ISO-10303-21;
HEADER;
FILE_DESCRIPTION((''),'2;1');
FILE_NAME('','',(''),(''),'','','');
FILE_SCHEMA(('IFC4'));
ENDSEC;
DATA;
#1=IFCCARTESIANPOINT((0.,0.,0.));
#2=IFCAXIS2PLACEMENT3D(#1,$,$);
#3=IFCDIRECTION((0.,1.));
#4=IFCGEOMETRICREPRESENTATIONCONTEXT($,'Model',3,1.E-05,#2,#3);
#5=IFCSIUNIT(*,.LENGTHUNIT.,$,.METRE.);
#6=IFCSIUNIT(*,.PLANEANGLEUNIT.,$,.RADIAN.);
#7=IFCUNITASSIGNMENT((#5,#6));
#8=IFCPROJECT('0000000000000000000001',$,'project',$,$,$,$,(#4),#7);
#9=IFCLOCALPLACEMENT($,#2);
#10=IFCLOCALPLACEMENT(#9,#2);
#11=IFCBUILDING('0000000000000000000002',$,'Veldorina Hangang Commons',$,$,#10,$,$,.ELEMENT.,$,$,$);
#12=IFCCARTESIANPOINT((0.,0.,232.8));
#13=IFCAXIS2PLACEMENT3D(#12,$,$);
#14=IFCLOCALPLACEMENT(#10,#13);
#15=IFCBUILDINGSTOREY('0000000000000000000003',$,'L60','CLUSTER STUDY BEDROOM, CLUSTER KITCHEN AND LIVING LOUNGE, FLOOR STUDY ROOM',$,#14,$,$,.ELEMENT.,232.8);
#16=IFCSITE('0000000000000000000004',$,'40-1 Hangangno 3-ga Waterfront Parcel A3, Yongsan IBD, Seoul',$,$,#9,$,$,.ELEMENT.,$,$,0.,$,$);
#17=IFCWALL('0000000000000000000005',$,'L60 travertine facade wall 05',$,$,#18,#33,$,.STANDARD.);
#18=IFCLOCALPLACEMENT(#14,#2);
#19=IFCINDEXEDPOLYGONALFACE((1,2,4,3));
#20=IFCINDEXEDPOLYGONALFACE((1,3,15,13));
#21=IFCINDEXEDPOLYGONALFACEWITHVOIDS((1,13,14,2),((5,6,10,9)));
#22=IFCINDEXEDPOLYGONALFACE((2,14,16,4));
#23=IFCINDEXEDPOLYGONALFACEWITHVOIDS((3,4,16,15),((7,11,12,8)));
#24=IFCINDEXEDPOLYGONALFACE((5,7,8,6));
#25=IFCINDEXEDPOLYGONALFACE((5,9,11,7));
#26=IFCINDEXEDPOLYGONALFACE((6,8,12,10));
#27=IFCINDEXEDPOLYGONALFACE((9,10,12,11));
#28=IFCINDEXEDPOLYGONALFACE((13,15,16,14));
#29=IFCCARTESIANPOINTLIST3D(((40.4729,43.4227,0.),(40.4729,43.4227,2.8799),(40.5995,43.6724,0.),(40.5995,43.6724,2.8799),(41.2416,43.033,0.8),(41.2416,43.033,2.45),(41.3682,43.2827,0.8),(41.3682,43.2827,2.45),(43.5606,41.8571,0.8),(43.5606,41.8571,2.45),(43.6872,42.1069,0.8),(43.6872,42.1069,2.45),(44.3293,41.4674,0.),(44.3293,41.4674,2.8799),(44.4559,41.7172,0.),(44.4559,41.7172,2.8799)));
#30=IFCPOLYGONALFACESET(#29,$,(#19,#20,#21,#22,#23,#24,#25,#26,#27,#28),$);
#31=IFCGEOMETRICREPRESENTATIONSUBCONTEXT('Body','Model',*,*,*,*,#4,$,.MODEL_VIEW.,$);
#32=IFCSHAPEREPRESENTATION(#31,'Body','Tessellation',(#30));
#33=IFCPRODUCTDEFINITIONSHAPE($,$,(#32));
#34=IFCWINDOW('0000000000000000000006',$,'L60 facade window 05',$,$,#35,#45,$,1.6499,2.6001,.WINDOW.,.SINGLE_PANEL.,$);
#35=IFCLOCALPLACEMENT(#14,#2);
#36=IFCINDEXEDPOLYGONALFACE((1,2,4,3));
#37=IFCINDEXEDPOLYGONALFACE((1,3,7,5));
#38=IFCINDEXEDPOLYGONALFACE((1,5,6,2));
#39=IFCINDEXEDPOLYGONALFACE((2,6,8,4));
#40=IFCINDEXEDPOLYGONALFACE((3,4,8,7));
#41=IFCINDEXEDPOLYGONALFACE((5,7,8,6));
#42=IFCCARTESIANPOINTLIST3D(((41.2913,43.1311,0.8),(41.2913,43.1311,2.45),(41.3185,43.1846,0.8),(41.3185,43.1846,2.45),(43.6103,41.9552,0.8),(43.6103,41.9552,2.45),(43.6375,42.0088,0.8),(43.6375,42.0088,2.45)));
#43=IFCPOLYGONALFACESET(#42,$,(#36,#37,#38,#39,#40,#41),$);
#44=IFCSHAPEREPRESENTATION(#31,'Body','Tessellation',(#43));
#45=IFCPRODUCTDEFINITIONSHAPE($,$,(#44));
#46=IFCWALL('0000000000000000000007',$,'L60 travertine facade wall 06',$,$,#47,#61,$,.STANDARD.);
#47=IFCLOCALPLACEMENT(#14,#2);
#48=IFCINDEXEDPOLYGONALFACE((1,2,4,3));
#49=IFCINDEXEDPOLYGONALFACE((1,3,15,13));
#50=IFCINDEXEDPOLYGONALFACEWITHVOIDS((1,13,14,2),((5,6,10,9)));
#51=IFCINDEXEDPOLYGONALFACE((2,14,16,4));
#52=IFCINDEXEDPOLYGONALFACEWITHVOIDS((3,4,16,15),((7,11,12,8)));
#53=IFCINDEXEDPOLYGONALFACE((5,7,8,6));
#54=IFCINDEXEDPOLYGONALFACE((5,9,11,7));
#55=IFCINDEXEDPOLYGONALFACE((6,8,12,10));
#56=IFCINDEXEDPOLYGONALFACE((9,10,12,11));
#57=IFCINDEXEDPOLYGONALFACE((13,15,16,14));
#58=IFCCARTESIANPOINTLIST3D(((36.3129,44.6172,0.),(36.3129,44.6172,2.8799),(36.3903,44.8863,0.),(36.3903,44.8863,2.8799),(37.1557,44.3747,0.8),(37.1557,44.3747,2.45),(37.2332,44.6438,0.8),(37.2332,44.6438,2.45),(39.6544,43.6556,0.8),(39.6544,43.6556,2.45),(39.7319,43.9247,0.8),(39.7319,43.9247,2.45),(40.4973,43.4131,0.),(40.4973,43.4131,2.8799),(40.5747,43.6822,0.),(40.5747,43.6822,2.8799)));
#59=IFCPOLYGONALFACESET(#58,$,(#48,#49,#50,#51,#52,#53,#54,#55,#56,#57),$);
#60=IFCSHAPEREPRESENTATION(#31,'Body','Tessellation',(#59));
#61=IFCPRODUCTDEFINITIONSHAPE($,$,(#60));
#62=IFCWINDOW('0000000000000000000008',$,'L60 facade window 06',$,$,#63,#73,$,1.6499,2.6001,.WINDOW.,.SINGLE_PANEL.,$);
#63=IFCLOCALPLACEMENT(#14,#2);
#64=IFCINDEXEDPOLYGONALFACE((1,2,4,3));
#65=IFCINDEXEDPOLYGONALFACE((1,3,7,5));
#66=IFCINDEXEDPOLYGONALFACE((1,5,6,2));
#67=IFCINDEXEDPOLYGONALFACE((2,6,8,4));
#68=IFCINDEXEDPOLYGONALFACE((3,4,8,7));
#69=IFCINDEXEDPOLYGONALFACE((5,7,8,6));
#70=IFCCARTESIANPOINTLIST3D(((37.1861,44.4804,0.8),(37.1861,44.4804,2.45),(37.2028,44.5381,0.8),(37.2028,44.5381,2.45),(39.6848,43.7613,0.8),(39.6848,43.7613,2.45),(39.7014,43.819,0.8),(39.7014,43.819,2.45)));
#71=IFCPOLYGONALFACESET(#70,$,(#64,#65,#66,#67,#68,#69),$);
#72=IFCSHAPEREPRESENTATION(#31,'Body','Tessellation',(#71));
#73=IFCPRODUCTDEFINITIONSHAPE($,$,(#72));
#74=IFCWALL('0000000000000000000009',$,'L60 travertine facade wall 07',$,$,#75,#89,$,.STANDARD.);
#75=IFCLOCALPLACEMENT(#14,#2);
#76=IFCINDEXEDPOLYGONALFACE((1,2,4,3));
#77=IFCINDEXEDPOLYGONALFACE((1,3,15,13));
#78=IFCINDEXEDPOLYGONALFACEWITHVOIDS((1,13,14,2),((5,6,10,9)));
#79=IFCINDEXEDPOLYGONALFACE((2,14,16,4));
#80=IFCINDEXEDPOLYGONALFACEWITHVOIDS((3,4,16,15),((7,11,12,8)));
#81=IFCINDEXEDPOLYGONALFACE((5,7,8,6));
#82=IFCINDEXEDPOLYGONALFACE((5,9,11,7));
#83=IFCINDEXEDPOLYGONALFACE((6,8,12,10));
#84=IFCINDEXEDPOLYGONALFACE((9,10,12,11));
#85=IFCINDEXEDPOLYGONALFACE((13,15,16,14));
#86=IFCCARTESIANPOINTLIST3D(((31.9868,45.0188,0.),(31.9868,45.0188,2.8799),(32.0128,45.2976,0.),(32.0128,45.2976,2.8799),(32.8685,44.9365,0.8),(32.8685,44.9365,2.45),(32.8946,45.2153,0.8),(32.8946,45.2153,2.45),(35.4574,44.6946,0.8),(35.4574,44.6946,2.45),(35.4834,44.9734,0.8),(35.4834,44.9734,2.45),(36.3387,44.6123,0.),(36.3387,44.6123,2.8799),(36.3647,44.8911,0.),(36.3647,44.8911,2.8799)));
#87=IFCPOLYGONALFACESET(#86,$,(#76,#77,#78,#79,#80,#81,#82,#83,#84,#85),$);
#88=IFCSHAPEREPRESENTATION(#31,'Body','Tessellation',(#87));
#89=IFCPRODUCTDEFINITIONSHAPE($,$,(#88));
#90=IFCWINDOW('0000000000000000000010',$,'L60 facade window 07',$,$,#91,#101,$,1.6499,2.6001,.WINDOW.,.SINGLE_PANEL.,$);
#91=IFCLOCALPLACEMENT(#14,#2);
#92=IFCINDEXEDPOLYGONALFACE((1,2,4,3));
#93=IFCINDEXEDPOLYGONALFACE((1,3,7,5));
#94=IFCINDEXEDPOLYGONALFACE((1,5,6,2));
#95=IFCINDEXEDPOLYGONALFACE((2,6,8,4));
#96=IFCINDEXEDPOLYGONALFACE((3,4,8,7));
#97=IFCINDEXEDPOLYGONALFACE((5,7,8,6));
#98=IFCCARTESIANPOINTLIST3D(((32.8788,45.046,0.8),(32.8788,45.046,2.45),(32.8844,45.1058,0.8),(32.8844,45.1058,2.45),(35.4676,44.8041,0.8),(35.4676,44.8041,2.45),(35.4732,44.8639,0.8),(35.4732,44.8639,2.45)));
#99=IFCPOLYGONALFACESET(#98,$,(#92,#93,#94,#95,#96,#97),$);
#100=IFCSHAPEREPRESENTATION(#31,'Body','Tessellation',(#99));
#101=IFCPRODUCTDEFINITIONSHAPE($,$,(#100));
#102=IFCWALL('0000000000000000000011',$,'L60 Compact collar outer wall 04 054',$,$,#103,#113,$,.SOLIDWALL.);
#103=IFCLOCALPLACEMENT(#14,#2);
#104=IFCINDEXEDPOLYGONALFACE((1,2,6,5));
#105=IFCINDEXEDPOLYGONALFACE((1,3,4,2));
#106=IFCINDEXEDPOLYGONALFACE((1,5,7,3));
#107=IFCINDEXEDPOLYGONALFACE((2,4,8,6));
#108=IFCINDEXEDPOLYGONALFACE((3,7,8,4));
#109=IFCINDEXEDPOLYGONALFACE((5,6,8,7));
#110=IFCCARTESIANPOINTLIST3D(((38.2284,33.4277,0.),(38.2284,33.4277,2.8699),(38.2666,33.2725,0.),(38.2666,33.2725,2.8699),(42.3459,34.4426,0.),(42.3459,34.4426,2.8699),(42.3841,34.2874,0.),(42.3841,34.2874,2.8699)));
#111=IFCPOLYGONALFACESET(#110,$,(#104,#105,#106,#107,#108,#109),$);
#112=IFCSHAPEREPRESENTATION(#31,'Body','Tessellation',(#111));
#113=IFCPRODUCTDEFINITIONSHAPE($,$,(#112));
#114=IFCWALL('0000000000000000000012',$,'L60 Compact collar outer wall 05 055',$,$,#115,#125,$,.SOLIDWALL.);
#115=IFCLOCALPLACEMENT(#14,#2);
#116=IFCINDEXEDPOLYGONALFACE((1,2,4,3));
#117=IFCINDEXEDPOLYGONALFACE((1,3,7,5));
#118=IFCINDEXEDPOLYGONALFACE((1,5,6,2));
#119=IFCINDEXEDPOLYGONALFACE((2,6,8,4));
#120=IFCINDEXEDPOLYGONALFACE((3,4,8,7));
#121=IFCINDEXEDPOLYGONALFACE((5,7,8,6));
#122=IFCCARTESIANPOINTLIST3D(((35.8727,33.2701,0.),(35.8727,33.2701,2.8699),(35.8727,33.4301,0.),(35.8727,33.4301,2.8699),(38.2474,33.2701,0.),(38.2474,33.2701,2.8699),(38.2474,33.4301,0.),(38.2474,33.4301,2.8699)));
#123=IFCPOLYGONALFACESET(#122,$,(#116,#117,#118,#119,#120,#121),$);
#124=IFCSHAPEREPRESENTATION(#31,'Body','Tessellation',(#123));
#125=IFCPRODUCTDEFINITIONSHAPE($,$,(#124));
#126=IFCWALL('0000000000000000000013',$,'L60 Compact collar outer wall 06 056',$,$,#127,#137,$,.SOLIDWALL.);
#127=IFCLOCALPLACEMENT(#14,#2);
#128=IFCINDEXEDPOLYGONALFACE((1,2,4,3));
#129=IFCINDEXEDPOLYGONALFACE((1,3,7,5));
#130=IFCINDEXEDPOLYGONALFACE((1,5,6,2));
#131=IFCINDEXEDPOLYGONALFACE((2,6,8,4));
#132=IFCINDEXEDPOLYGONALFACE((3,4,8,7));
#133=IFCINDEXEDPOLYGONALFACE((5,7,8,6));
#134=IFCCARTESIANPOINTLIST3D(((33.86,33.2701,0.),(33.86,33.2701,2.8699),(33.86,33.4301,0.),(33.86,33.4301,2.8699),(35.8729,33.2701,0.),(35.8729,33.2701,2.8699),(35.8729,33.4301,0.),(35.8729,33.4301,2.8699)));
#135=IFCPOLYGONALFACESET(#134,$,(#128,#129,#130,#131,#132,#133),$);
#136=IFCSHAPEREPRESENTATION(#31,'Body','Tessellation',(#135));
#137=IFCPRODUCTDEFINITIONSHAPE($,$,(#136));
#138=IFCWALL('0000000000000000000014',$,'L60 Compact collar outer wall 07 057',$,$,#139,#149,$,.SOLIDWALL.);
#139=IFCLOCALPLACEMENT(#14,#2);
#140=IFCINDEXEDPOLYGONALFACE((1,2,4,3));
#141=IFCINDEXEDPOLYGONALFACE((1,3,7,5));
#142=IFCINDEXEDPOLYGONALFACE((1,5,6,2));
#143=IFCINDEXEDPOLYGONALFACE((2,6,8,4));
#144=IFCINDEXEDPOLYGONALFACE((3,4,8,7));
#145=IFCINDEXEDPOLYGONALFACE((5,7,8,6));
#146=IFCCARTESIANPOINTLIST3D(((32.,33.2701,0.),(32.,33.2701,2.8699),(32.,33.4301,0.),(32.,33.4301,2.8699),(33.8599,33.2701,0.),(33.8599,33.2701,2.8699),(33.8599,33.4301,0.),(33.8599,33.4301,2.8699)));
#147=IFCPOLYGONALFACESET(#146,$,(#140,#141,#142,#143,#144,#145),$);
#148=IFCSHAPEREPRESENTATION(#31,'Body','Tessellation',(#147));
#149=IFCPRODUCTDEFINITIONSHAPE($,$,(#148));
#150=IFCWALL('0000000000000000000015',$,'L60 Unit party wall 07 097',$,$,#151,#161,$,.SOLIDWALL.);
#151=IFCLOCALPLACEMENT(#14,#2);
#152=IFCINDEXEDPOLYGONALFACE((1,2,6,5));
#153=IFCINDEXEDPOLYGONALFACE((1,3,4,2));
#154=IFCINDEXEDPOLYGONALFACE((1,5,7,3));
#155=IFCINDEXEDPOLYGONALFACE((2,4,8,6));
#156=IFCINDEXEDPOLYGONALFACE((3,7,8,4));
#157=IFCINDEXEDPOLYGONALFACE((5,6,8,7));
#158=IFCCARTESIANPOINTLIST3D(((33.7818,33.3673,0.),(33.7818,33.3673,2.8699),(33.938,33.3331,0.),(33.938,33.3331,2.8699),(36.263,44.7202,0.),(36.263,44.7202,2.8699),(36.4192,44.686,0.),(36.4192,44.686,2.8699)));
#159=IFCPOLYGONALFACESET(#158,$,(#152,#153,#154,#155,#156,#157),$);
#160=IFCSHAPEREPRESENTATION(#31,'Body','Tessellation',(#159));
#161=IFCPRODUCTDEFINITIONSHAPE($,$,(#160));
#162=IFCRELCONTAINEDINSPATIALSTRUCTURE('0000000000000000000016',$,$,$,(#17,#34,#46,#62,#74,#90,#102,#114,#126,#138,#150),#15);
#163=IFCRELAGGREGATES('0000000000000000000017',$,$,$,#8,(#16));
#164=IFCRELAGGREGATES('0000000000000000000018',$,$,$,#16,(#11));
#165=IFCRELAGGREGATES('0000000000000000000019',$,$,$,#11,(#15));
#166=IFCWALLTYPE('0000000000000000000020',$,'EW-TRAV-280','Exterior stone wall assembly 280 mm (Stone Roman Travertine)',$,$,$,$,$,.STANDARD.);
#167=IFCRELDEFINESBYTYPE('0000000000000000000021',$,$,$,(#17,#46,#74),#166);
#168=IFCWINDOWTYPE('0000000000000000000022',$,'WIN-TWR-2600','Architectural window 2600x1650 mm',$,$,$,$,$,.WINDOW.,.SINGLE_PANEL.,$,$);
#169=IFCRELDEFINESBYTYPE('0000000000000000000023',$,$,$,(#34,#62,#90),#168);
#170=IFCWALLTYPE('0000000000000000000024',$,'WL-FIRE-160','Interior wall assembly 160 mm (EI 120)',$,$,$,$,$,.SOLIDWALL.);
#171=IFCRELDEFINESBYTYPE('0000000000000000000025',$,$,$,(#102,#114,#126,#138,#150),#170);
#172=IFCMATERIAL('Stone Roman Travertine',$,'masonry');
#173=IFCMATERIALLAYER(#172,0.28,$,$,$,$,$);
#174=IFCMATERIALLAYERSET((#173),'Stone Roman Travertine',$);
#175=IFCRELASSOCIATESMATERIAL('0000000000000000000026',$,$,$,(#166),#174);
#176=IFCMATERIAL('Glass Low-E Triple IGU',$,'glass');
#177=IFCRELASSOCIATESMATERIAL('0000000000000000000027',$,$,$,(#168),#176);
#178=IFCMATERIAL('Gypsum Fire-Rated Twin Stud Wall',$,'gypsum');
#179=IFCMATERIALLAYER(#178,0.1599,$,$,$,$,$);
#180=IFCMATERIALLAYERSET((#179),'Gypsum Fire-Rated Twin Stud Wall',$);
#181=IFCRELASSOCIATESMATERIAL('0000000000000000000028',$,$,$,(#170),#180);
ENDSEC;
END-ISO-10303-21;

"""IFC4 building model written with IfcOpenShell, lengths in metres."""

from ifc_helpers import new_model, si_unit, direction, frame, frame_2d, origin, place, context, subcontext, project, spatial, rectangle, extrude, material, layer, layer_set, type_object, element, fill, save


model = new_model("IFC4")

# Units and contexts
model_context = context("Model", 3, precision=1e-05, world=origin(), true_north=direction((0.0, 1.0)))
body_context = subcontext(model_context, "Body", "Model", "MODEL_VIEW")
ifc_project = project(units=[si_unit("LENGTHUNIT", "METRE"), si_unit("PLANEANGLEUNIT", "RADIAN")], contexts=[model_context])

# Site, building, storey
site_placement = place(None, origin())
site = spatial("IfcSite", under=ifc_project, at=site_placement, Name="40-1 Hangangno 3-ga Waterfront Parcel A3, Yongsan IBD, Seoul", CompositionType="ELEMENT", RefElevation=0.0)
building_placement = place(site_placement, origin())
building = spatial("IfcBuilding", under=site, at=building_placement, Name="Veldorina Hangang Commons", CompositionType="ELEMENT")
storey_placement = place(building_placement, frame((0.0, 0.0, 232.8)))
storey = spatial("IfcBuildingStorey", under=building, at=storey_placement, Name="L60", Description="CLUSTER STUDY BEDROOM, CLUSTER KITCHEN AND LIVING LOUNGE, FLOOR STUDY ROOM", CompositionType="ELEMENT", Elevation=232.8)

# Walls, openings, windows
ifc_material_1 = material(Name="Stone Roman Travertine", Category="masonry")
ifc_layer_1 = layer(ifc_material_1, 0.28)
ifc_layer_set_1 = layer_set([ifc_layer_1], Name="Stone Roman Travertine")
wall_type_1 = type_object("IfcWallType", Name="EW-TRAV-280", Description="Exterior stone wall assembly 280 mm (Stone Roman Travertine)", PredefinedType="STANDARD", material=ifc_layer_set_1)
wall_1_placement = place(storey_placement, frame((44.3926, 41.5923, 0.0), z_axis=(0.0, 0.0, 1.0), x_axis=(-0.891906, 0.452221, 0.0)))
wall_1 = element("IfcWall", 1, at=wall_1_placement, inside=storey, type_object=wall_type_1, Name="L60 travertine facade wall 05", PredefinedType="STANDARD", context=body_context, shape_type="SweptSolid", body=[
    extrude(rectangle(XDim=4.3237, YDim=0.28, at=frame_2d((2.1619, 0.0))), origin(), (0.0, 0.0, 1.0), 2.8799),
])
opening_1_placement = place(wall_1_placement, frame((0.8618, 0.0, 0.8)))
opening_1 = element("IfcOpeningElement", 2, at=opening_1_placement, cuts=wall_1, PredefinedType="OPENING", context=body_context, shape_type="SweptSolid", body=[
    extrude(rectangle(XDim=2.6001, YDim=1.6499, at=frame_2d((1.3, 0.825))), frame((0.0, 0.1499, 0.0), z_axis=(0.0, -1.0, 0.0), x_axis=(1.0, 0.0, 0.0)), (0.0, 0.0, 1.0), 0.3),
])
ifc_material_2 = material(Name="Glass Low-E Triple IGU", Category="glass")
window_type = type_object("IfcWindowType", Name="WIN-TWR-2600", Description="Architectural window 2600x1650 mm", PartitioningType="SINGLE_PANEL", PredefinedType="WINDOW", material=ifc_material_2)
window_1_placement = place(opening_1_placement, origin())
window_1 = element("IfcWindow", 3, at=window_1_placement, inside=storey, type_object=window_type, Name="L60 facade window 05", OverallHeight=1.6499, OverallWidth=2.6001, PartitioningType="SINGLE_PANEL", PredefinedType="WINDOW", context=body_context, shape_type="SweptSolid", body=[
    extrude(rectangle(XDim=2.6001, YDim=1.6499, at=frame_2d((1.3, 0.825))), frame((0.0, 0.03, 0.0), z_axis=(0.0, -1.0, 0.0), x_axis=(1.0, 0.0, 0.0)), (0.0, 0.0, 1.0), 0.0601),
])
fill(opening_1, window_1)
wall_2_placement = place(storey_placement, frame((40.5361, 43.5476, 0.0), z_axis=(0.0, 0.0, 1.0), x_axis=(-0.961002, 0.276542, 0.0)))
wall_2 = element("IfcWall", 4, at=wall_2_placement, inside=storey, type_object=wall_type_1, Name="L60 travertine facade wall 06", PredefinedType="STANDARD", context=body_context, shape_type="SweptSolid", body=[
    extrude(rectangle(XDim=4.3542, YDim=0.28, at=frame_2d((2.1772, 0.0))), origin(), (0.0, 0.0, 1.0), 2.8799),
])
opening_2_placement = place(wall_2_placement, frame((0.8772, 0.0, 0.8)))
opening_2 = element("IfcOpeningElement", 5, at=opening_2_placement, cuts=wall_2, PredefinedType="OPENING", context=body_context, shape_type="SweptSolid", body=[
    extrude(rectangle(XDim=2.6001, YDim=1.6499, at=frame_2d((1.3, 0.825))), frame((0.0, 0.1499, 0.0), z_axis=(0.0, -1.0, 0.0), x_axis=(1.0, 0.0, 0.0)), (0.0, 0.0, 1.0), 0.3),
])
window_2_placement = place(opening_2_placement, origin())
window_2 = element("IfcWindow", 6, at=window_2_placement, inside=storey, type_object=window_type, Name="L60 facade window 06", OverallHeight=1.6499, OverallWidth=2.6001, PartitioningType="SINGLE_PANEL", PredefinedType="WINDOW", context=body_context, shape_type="SweptSolid", body=[
    extrude(rectangle(XDim=2.6001, YDim=1.6499, at=frame_2d((1.3, 0.825))), frame((0.0, 0.03, 0.0), z_axis=(0.0, -1.0, 0.0), x_axis=(1.0, 0.0, 0.0)), (0.0, 0.0, 1.0), 0.0601),
])
fill(opening_2, window_2)
wall_3_placement = place(storey_placement, frame((36.3518, 44.7517, 0.0), z_axis=(0.0, 0.0, 1.0), x_axis=(-0.995666, 0.093003, 0.0)))
wall_3 = element("IfcWall", 7, at=wall_3_placement, inside=storey, type_object=wall_type_1, Name="L60 travertine facade wall 07", PredefinedType="STANDARD", context=body_context, shape_type="SweptSolid", body=[
    extrude(rectangle(XDim=4.3708, YDim=0.28, at=frame_2d((2.1855, 0.0))), origin(), (0.0, 0.0, 1.0), 2.8799),
])
opening_3_placement = place(wall_3_placement, frame((0.8853, 0.0, 0.8)))
opening_3 = element("IfcOpeningElement", 8, at=opening_3_placement, cuts=wall_3, PredefinedType="OPENING", context=body_context, shape_type="SweptSolid", body=[
    extrude(rectangle(XDim=2.6001, YDim=1.6499, at=frame_2d((1.3, 0.825))), frame((0.0, 0.1499, 0.0), z_axis=(0.0, -1.0, 0.0), x_axis=(1.0, 0.0, 0.0)), (0.0, 0.0, 1.0), 0.3),
])
window_3_placement = place(opening_3_placement, origin())
window_3 = element("IfcWindow", 9, at=window_3_placement, inside=storey, type_object=window_type, Name="L60 facade window 07", OverallHeight=1.6499, OverallWidth=2.6001, PartitioningType="SINGLE_PANEL", PredefinedType="WINDOW", context=body_context, shape_type="SweptSolid", body=[
    extrude(rectangle(XDim=2.6001, YDim=1.6499, at=frame_2d((1.3, 0.825))), frame((0.0, 0.03, 0.0), z_axis=(0.0, -1.0, 0.0), x_axis=(1.0, 0.0, 0.0)), (0.0, 0.0, 1.0), 0.0601),
])
fill(opening_3, window_3)

# Walls
ifc_material_3 = material(Name="Gypsum Fire-Rated Twin Stud Wall", Category="gypsum")
ifc_layer_2 = layer(ifc_material_3, 0.1599)
ifc_layer_set_2 = layer_set([ifc_layer_2], Name="Gypsum Fire-Rated Twin Stud Wall")
wall_type_2 = type_object("IfcWallType", Name="WL-FIRE-160", Description="Interior wall assembly 160 mm (EI 120)", PredefinedType="SOLIDWALL", material=ifc_layer_set_2)
wall_4_placement = place(storey_placement, frame((42.365, 34.365, 0.0), z_axis=(0.0, 0.0, 1.0), x_axis=(-0.97094, -0.239324, 0.0)))
element("IfcWall", 10, at=wall_4_placement, inside=storey, type_object=wall_type_2, Name="L60 Compact collar outer wall 04 054", PredefinedType="SOLIDWALL", context=body_context, shape_type="SweptSolid", body=[
    extrude(rectangle(XDim=4.2407, YDim=0.1599, at=frame_2d((2.1204, 0.0))), origin(), (0.0, 0.0, 1.0), 2.8699),
])
wall_5_placement = place(storey_placement, frame((38.2476, 33.3501, 0.0), z_axis=(0.0, 0.0, 1.0), x_axis=(-1.0, 0.0, 0.0)))
element("IfcWall", 11, at=wall_5_placement, inside=storey, type_object=wall_type_2, Name="L60 Compact collar outer wall 05 055", PredefinedType="SOLIDWALL", context=body_context, shape_type="SweptSolid", body=[
    extrude(rectangle(XDim=2.3748, YDim=0.1599, at=frame_2d((1.1875, 0.0))), origin(), (0.0, 0.0, 1.0), 2.8699),
])
wall_6_placement = place(storey_placement, frame((35.8728, 33.3501, 0.0), z_axis=(0.0, 0.0, 1.0), x_axis=(-1.0, 0.0, 0.0)))
element("IfcWall", 12, at=wall_6_placement, inside=storey, type_object=wall_type_2, Name="L60 Compact collar outer wall 06 056", PredefinedType="SOLIDWALL", context=body_context, shape_type="SweptSolid", body=[
    extrude(rectangle(XDim=2.0129, YDim=0.1599, at=frame_2d((1.0063, 0.0))), origin(), (0.0, 0.0, 1.0), 2.8699),
])
wall_7_placement = place(storey_placement, frame((33.8599, 33.3501, 0.0), z_axis=(0.0, 0.0, 1.0), x_axis=(-1.0, 0.0, 0.0)))
element("IfcWall", 13, at=wall_7_placement, inside=storey, type_object=wall_type_2, Name="L60 Compact collar outer wall 07 057", PredefinedType="SOLIDWALL", context=body_context, shape_type="SweptSolid", body=[
    extrude(rectangle(XDim=1.8599, YDim=0.1599, at=frame_2d((0.9299, 0.0))), origin(), (0.0, 0.0, 1.0), 2.8699),
])
wall_8_placement = place(storey_placement, frame((33.8599, 33.3501, 0.0), z_axis=(0.0, 0.0, 1.0), x_axis=(0.213515, 0.97694, 0.0)))
element("IfcWall", 14, at=wall_8_placement, inside=storey, type_object=wall_type_2, Name="L60 Unit party wall 07 097", PredefinedType="SOLIDWALL", context=body_context, shape_type="SweptSolid", body=[
    extrude(rectangle(XDim=11.6208, YDim=0.1599, at=frame_2d((5.8105, 0.0))), origin(), (0.0, 0.0, 1.0), 2.8699),
])

save(model, "model.ifc")
